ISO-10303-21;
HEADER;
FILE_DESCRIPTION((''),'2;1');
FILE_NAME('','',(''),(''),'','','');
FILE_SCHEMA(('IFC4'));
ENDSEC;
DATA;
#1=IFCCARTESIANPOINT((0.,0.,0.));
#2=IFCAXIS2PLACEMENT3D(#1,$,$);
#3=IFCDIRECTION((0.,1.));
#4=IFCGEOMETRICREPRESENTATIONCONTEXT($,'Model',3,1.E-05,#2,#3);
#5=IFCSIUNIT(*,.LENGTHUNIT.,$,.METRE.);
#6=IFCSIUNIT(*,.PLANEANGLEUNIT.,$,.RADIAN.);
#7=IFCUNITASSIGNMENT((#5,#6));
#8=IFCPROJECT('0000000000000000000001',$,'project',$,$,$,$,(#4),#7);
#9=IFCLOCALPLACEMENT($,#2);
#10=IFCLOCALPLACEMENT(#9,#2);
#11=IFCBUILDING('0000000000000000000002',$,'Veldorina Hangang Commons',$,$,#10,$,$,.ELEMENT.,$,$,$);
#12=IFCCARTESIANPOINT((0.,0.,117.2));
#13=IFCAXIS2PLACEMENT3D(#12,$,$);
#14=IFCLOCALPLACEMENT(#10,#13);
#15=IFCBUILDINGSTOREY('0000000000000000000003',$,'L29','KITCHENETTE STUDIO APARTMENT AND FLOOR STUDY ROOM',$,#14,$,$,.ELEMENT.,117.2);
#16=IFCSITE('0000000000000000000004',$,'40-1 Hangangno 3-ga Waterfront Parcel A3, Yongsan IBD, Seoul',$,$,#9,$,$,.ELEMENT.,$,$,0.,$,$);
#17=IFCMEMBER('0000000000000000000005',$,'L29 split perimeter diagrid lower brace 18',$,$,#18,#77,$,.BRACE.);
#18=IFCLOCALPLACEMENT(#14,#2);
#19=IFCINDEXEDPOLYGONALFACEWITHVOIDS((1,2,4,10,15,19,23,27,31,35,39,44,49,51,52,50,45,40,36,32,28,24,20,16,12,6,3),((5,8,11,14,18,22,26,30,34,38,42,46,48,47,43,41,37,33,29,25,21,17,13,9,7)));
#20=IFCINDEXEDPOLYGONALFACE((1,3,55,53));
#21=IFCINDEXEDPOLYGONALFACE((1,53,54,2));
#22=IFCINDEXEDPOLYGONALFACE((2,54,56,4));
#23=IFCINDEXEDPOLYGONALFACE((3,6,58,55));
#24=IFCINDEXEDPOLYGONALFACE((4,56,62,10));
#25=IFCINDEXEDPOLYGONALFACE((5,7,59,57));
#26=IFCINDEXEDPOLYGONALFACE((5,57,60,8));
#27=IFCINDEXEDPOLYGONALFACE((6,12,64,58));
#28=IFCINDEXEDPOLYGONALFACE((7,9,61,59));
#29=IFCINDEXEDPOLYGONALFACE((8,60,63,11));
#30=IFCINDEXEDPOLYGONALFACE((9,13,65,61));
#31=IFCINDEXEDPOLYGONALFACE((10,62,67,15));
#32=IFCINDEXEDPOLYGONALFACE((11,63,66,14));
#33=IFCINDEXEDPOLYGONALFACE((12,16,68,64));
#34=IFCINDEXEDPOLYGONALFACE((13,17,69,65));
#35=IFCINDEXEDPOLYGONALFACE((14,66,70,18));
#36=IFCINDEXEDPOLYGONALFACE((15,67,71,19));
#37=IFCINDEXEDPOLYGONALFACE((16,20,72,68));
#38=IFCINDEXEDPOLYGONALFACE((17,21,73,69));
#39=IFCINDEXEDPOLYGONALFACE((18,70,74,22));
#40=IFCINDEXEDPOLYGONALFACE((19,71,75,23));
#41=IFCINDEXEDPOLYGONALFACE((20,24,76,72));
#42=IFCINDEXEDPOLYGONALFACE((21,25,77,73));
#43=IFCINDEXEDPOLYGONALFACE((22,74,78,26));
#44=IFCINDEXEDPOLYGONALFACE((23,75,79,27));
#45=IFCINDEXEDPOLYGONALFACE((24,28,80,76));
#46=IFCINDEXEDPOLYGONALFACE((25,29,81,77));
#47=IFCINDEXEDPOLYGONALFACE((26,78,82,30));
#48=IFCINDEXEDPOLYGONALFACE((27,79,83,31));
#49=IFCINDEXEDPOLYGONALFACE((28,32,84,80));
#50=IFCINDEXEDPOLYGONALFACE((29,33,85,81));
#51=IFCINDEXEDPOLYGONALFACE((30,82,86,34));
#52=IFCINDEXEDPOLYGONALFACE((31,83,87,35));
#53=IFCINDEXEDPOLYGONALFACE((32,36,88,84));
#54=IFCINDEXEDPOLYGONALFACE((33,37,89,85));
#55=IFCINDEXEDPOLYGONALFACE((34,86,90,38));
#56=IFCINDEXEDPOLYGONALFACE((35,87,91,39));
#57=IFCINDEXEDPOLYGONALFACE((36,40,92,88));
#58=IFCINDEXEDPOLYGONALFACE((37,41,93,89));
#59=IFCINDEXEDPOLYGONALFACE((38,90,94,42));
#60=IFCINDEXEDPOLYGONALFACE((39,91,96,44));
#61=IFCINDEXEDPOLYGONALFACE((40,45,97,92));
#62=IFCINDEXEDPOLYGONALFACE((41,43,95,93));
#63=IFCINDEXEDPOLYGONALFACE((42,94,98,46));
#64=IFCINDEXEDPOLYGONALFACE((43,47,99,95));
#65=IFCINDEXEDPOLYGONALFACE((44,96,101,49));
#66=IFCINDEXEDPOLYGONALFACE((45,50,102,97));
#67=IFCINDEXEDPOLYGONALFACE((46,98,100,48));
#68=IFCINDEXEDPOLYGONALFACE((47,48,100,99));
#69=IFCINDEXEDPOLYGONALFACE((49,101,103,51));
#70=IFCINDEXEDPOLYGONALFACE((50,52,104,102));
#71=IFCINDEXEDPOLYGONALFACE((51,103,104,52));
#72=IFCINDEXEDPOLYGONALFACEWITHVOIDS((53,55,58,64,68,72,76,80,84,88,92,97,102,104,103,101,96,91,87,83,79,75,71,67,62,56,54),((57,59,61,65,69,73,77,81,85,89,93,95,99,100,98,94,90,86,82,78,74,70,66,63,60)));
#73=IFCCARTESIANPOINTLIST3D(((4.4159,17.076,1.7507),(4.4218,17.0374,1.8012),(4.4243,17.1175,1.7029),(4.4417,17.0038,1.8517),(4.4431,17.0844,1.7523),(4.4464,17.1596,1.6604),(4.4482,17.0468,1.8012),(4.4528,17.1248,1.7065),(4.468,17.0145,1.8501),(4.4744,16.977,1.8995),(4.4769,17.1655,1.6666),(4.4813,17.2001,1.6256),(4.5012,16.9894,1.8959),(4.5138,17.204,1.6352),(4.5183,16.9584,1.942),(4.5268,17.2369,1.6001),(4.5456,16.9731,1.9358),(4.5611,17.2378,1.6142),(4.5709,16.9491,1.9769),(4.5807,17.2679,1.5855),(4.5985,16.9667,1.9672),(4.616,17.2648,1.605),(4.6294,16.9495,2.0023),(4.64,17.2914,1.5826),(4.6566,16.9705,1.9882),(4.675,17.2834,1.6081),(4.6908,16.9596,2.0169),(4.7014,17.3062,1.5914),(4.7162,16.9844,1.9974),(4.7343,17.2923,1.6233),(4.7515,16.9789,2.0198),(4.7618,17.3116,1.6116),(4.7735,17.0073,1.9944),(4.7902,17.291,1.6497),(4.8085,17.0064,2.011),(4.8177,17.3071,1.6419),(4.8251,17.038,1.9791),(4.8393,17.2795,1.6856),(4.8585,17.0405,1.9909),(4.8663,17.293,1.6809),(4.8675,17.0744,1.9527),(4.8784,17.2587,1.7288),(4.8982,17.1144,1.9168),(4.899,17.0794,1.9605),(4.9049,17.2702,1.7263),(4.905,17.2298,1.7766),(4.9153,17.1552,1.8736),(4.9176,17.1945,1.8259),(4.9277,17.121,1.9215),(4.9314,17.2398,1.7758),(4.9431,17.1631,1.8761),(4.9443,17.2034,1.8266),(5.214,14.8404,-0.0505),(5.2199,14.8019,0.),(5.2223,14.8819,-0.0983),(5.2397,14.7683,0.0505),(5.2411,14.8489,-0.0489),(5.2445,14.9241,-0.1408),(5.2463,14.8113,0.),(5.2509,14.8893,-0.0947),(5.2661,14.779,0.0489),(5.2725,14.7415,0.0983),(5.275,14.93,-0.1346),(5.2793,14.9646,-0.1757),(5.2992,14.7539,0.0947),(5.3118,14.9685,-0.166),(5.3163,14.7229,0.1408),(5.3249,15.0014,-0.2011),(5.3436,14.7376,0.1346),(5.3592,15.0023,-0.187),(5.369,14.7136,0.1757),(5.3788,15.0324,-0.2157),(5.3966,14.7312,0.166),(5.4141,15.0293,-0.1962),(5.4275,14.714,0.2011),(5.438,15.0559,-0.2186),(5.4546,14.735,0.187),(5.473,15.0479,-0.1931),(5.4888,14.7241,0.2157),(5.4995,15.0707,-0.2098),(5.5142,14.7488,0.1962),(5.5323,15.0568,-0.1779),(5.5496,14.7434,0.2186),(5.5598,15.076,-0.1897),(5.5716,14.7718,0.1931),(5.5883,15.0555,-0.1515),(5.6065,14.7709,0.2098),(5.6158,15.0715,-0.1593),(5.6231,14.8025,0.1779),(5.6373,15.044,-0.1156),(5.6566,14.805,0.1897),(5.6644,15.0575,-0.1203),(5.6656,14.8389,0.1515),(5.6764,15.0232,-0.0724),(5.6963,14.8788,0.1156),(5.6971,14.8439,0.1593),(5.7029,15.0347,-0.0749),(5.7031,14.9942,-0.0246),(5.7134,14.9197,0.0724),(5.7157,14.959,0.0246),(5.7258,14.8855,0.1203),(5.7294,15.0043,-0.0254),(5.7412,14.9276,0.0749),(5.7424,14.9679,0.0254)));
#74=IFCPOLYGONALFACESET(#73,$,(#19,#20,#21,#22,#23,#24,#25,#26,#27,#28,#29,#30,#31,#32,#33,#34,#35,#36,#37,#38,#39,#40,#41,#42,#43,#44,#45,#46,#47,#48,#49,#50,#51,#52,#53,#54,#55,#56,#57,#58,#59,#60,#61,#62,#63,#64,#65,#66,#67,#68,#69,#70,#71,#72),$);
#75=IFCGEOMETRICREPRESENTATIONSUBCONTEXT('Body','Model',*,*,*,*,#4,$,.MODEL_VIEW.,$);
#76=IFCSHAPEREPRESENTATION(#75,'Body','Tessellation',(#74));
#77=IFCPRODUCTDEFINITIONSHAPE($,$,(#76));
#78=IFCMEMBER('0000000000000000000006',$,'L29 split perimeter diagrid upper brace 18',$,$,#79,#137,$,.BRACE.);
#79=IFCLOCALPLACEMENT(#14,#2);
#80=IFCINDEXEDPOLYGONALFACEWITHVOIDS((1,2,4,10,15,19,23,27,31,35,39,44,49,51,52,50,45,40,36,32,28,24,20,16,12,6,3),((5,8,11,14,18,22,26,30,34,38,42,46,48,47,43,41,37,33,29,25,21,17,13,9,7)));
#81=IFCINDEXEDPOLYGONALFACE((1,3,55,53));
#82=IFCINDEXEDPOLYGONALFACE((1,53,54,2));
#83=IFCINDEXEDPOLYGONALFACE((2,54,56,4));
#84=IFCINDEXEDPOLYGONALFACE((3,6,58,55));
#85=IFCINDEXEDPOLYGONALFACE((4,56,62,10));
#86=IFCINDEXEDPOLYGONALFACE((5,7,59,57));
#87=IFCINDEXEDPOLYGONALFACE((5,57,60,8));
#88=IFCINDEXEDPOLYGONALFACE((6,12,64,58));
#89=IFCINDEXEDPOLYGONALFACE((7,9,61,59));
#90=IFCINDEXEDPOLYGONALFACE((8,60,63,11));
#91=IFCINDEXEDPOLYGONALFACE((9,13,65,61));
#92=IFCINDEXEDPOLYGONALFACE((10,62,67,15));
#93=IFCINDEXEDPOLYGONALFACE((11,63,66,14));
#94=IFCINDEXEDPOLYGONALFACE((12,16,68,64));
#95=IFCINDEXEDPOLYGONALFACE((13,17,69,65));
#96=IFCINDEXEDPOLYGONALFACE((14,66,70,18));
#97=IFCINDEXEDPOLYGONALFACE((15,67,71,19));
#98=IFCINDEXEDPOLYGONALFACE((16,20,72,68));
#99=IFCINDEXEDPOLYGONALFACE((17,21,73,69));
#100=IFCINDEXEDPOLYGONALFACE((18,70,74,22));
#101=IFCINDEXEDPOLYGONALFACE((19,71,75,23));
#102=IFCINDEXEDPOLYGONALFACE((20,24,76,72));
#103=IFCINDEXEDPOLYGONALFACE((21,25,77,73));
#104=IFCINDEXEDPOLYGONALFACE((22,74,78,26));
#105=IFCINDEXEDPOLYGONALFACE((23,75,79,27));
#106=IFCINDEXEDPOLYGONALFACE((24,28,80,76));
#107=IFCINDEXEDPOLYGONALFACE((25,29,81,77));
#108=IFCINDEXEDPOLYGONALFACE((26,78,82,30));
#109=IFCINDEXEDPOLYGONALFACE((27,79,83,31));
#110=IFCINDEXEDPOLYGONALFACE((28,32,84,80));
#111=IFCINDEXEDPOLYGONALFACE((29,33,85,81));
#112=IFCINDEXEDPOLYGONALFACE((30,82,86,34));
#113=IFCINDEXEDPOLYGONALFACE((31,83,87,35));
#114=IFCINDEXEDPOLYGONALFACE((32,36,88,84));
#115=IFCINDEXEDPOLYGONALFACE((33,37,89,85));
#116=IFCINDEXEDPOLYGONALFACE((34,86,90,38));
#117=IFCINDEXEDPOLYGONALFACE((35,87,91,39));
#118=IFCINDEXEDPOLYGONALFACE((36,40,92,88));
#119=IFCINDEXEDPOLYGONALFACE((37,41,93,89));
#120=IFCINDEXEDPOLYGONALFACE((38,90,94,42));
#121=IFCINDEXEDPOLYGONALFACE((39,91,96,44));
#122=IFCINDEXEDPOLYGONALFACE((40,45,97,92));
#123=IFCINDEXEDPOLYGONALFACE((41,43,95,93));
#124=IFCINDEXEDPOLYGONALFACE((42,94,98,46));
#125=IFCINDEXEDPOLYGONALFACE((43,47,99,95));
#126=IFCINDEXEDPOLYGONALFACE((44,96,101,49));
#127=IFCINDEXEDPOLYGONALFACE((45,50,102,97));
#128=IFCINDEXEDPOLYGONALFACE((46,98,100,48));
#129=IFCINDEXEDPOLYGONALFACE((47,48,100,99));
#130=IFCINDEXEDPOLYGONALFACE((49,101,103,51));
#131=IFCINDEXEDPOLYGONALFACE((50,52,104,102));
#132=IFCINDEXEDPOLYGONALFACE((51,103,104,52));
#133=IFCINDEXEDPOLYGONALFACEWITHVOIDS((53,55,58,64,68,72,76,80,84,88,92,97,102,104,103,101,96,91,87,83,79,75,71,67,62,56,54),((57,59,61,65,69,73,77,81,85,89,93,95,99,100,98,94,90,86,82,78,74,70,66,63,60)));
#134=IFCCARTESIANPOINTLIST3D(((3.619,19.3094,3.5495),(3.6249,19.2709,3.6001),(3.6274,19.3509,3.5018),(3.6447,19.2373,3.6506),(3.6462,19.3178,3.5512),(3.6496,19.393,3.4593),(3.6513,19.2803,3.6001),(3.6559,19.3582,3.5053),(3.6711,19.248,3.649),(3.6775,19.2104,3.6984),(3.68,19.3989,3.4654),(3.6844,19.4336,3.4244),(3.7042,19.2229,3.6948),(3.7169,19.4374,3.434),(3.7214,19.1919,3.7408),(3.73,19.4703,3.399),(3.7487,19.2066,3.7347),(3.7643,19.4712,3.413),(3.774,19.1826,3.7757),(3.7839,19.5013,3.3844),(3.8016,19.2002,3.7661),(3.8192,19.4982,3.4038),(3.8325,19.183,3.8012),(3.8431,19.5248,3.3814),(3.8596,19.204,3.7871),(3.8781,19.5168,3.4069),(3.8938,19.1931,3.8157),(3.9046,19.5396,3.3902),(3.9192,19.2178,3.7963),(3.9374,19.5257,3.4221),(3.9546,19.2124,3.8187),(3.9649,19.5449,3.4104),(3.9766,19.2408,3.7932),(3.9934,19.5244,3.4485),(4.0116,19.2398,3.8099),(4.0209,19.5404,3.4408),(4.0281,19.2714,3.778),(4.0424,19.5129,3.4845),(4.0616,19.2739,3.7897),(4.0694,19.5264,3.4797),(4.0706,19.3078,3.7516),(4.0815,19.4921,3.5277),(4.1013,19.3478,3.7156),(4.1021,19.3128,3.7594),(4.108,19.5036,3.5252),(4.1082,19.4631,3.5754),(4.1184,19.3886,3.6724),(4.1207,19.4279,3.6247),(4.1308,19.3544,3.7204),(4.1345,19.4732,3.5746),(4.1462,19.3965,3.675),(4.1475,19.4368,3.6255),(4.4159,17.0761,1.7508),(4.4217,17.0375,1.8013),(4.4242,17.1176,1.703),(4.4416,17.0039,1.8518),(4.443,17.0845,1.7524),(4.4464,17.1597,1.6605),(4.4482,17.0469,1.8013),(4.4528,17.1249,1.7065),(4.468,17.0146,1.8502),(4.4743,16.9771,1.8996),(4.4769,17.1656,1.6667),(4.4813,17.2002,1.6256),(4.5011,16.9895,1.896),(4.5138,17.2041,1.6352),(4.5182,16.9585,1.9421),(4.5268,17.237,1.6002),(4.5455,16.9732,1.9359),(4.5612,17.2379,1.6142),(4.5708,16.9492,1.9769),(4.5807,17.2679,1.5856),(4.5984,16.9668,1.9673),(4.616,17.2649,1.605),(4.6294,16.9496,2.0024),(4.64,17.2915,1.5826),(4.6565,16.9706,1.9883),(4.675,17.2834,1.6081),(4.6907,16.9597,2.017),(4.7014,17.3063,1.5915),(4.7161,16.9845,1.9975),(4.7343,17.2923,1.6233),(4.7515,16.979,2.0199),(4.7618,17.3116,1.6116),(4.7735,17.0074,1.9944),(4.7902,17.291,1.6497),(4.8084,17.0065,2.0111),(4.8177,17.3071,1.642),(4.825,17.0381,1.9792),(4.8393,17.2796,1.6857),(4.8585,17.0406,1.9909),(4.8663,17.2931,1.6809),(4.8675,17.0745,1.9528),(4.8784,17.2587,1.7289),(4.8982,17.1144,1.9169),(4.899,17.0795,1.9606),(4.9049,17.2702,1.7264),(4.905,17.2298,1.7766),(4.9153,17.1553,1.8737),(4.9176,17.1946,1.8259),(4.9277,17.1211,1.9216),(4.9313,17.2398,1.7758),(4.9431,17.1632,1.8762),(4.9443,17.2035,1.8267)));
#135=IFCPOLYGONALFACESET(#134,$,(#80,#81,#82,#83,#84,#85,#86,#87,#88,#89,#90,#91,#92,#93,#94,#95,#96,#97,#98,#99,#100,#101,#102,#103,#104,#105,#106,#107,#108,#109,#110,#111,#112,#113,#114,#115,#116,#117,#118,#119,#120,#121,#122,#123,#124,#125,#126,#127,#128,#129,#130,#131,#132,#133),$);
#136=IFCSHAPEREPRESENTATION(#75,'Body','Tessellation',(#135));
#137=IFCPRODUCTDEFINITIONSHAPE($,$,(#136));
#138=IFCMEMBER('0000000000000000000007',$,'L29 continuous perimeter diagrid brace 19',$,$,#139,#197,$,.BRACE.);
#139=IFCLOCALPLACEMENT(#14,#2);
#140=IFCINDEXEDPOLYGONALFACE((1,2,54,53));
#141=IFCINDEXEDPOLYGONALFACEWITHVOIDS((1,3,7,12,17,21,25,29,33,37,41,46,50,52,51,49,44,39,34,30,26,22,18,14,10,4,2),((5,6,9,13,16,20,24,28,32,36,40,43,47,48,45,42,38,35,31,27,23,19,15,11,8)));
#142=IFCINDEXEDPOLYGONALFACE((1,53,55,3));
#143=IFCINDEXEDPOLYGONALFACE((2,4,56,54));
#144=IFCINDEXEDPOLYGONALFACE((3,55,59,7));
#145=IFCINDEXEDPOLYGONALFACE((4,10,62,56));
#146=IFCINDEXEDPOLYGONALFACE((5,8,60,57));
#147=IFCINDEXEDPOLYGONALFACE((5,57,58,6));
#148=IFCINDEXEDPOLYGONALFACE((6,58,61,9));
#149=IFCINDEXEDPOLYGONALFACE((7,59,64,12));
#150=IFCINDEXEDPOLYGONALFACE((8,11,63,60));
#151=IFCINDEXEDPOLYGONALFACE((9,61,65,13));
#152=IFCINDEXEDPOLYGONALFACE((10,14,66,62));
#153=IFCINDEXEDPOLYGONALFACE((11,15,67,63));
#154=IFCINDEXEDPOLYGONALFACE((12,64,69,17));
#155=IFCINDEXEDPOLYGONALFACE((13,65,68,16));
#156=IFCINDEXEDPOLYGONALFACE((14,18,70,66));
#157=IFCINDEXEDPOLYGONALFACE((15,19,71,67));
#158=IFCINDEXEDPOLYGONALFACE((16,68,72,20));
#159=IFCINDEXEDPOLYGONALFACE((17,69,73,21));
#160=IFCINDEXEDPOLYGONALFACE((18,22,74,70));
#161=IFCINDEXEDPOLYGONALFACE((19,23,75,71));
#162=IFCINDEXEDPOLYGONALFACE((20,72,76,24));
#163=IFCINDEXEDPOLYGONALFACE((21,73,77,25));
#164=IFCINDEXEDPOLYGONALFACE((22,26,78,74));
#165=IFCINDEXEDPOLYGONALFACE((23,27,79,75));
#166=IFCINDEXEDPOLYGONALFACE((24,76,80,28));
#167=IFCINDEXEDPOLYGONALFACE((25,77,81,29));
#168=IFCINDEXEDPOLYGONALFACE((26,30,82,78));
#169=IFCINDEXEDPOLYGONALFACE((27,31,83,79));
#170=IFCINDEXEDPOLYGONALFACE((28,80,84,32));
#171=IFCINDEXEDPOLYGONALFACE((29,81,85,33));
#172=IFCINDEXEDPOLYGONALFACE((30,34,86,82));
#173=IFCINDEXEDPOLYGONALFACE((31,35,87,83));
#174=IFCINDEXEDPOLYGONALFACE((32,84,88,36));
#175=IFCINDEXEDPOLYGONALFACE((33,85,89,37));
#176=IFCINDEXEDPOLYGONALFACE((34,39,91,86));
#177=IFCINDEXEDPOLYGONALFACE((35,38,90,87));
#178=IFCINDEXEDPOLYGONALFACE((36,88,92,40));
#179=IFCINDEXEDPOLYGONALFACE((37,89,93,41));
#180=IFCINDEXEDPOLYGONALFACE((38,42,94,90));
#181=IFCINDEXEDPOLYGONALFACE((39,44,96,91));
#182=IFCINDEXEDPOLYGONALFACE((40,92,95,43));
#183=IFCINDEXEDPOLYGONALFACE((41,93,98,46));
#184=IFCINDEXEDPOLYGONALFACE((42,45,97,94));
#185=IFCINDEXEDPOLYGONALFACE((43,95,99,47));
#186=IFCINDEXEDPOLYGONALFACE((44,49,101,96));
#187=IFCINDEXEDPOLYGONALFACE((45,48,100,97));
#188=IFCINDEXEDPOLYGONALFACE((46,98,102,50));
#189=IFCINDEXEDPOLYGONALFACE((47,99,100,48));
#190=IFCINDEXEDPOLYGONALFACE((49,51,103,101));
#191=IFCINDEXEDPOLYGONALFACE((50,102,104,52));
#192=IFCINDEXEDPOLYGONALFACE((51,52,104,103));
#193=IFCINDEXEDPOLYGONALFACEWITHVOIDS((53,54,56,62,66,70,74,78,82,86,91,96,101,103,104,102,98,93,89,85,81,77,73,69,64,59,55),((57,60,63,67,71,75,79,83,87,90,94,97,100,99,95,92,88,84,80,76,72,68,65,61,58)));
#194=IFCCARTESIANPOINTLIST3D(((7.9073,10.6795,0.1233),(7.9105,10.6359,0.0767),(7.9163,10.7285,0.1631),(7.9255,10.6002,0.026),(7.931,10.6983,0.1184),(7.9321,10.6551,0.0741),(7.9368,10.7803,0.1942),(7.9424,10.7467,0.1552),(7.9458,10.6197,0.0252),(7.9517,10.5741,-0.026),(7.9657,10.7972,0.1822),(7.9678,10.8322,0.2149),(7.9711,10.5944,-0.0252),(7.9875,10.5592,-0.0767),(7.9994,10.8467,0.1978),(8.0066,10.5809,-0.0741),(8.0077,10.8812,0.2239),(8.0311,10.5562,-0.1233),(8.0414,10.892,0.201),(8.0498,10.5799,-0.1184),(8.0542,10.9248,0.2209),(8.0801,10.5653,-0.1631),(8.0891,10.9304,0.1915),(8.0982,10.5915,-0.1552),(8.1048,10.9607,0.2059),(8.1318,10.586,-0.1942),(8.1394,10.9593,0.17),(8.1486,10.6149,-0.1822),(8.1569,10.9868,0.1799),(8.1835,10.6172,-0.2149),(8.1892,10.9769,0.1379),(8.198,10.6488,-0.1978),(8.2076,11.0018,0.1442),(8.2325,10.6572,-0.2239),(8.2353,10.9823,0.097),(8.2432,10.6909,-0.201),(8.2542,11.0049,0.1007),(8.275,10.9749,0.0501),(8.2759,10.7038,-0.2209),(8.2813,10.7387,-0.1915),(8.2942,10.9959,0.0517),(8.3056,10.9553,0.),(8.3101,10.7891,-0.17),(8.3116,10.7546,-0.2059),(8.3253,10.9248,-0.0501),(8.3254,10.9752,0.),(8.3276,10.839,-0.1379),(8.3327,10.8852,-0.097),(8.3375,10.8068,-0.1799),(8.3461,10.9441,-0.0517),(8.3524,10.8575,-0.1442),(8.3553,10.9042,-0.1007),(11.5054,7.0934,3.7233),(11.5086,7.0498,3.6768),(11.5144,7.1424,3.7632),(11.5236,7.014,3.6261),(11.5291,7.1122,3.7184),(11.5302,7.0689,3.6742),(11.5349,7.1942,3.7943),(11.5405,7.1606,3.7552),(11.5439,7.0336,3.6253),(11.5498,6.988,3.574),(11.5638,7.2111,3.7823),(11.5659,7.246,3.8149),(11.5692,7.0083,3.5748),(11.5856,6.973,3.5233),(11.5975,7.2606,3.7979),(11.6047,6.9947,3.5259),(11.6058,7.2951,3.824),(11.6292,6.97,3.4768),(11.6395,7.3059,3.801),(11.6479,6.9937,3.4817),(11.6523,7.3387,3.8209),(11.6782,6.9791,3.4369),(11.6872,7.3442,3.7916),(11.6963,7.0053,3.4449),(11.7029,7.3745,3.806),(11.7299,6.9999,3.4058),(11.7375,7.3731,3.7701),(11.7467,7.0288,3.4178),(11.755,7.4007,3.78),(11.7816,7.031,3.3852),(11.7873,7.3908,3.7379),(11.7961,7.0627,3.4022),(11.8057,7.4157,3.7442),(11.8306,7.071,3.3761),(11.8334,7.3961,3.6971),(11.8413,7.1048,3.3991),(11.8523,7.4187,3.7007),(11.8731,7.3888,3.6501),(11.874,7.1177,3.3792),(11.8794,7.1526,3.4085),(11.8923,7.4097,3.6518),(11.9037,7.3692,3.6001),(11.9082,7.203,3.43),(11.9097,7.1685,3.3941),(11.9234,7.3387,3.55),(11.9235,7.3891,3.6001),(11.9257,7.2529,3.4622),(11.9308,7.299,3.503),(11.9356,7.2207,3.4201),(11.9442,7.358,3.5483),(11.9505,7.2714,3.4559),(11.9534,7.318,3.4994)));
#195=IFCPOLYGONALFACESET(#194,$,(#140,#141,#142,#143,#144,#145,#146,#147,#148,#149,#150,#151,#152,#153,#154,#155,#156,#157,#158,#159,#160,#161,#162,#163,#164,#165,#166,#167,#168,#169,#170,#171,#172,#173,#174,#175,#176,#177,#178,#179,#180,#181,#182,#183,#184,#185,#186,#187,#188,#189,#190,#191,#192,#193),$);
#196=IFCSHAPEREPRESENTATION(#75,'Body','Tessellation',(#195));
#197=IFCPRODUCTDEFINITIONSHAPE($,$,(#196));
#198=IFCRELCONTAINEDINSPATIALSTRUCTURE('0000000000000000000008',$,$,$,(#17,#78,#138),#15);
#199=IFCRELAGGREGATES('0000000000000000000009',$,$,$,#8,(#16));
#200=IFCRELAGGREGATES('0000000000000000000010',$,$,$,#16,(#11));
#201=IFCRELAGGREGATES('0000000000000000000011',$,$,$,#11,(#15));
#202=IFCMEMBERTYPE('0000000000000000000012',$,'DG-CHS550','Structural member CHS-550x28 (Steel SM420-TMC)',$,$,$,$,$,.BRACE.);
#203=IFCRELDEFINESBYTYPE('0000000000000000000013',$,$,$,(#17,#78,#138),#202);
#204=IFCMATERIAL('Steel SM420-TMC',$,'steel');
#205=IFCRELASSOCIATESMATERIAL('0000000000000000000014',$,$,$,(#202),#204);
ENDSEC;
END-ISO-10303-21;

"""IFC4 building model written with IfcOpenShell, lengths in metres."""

from ifc_helpers import new_model, si_unit, direction, frame, origin, origin_2d, place, context, subcontext, project, spatial, hollow_circle, extrude, material, material_profile, profile_set, type_object, element, save


model = new_model("IFC4")

# Units and contexts
model_context = context("Model", 3, precision=1e-05, world=origin(), true_north=direction((0.0, 1.0)))
body_context = subcontext(model_context, "Body", "Model", "MODEL_VIEW")
ifc_project = project(units=[si_unit("LENGTHUNIT", "METRE"), si_unit("PLANEANGLEUNIT", "RADIAN")], contexts=[model_context])

# Site, building, storey
site_placement = place(None, origin())
site = spatial("IfcSite", under=ifc_project, at=site_placement, Name="40-1 Hangangno 3-ga Waterfront Parcel A3, Yongsan IBD, Seoul", CompositionType="ELEMENT", RefElevation=0.0)
building_placement = place(site_placement, origin())
building = spatial("IfcBuilding", under=site, at=building_placement, Name="Veldorina Hangang Commons", CompositionType="ELEMENT")
storey_placement = place(building_placement, frame((0.0, 0.0, 117.2)))
storey = spatial("IfcBuildingStorey", under=building, at=storey_placement, Name="L29", Description="KITCHENETTE STUDIO APARTMENT AND FLOOR STUDY ROOM", CompositionType="ELEMENT", Elevation=117.2)

# Shared definitions
ifc_material_1 = material(Name="Steel SM420-TMC", Category="steel")

# Members
ifc_material_profile_1 = material_profile(ifc_material_1, hollow_circle(Radius=0.2749, WallThickness=0.0281, at=origin_2d()), Name="CHS-550x28")
ifc_profile_set_1 = profile_set([ifc_material_profile_1], Name="Steel SM420-TMC")
member_type = type_object("IfcMemberType", Name="DG-CHS550", Description="Structural member CHS-550x28 (Steel SM420-TMC)", PredefinedType="BRACE", material=ifc_profile_set_1)
member_1_placement = place(storey_placement, frame((5.4788, 14.8943, 0.0), z_axis=(-0.267832, 0.750241, 0.604486), x_axis=(-0.941786, -0.336213, 0.0)))
element("IfcMember", 1, at=member_1_placement, inside=storey, type_object=member_type, Name="L29 split perimeter diagrid lower brace 18", PredefinedType="BRACE", context=body_context, shape_type="SweptSolid", body=[
    extrude(hollow_circle(Radius=0.2749, WallThickness=0.0281, at=origin_2d()), origin(), (0.0, 0.0, 1.0), 2.9797),
])
member_2_placement = place(storey_placement, frame((4.6807, 17.1299, 1.8013), z_axis=(-0.267733, 0.750373, 0.604367), x_axis=(-0.941844, -0.336049, 0.0)))
element("IfcMember", 2, at=member_2_placement, inside=storey, type_object=member_type, Name="L29 split perimeter diagrid upper brace 18", PredefinedType="BRACE", context=body_context, shape_type="SweptSolid", body=[
    extrude(hollow_circle(Radius=0.2749, WallThickness=0.0281, at=origin_2d()), origin(), (0.0, 0.0, 1.0), 2.9763),
])
member_3_placement = place(storey_placement, frame((8.1313, 10.7805, 0.0), z_axis=(0.577885, -0.575964, 0.578199), x_axis=(0.705928, 0.708283, 0.0)))
element("IfcMember", 3, at=member_3_placement, inside=storey, type_object=member_type, Name="L29 continuous perimeter diagrid brace 19", PredefinedType="BRACE", context=body_context, shape_type="SweptSolid", body=[
    extrude(hollow_circle(Radius=0.2749, WallThickness=0.0281, at=origin_2d()), origin(), (0.0, 0.0, 1.0), 6.2263),
])

save(model, "model.ifc")
